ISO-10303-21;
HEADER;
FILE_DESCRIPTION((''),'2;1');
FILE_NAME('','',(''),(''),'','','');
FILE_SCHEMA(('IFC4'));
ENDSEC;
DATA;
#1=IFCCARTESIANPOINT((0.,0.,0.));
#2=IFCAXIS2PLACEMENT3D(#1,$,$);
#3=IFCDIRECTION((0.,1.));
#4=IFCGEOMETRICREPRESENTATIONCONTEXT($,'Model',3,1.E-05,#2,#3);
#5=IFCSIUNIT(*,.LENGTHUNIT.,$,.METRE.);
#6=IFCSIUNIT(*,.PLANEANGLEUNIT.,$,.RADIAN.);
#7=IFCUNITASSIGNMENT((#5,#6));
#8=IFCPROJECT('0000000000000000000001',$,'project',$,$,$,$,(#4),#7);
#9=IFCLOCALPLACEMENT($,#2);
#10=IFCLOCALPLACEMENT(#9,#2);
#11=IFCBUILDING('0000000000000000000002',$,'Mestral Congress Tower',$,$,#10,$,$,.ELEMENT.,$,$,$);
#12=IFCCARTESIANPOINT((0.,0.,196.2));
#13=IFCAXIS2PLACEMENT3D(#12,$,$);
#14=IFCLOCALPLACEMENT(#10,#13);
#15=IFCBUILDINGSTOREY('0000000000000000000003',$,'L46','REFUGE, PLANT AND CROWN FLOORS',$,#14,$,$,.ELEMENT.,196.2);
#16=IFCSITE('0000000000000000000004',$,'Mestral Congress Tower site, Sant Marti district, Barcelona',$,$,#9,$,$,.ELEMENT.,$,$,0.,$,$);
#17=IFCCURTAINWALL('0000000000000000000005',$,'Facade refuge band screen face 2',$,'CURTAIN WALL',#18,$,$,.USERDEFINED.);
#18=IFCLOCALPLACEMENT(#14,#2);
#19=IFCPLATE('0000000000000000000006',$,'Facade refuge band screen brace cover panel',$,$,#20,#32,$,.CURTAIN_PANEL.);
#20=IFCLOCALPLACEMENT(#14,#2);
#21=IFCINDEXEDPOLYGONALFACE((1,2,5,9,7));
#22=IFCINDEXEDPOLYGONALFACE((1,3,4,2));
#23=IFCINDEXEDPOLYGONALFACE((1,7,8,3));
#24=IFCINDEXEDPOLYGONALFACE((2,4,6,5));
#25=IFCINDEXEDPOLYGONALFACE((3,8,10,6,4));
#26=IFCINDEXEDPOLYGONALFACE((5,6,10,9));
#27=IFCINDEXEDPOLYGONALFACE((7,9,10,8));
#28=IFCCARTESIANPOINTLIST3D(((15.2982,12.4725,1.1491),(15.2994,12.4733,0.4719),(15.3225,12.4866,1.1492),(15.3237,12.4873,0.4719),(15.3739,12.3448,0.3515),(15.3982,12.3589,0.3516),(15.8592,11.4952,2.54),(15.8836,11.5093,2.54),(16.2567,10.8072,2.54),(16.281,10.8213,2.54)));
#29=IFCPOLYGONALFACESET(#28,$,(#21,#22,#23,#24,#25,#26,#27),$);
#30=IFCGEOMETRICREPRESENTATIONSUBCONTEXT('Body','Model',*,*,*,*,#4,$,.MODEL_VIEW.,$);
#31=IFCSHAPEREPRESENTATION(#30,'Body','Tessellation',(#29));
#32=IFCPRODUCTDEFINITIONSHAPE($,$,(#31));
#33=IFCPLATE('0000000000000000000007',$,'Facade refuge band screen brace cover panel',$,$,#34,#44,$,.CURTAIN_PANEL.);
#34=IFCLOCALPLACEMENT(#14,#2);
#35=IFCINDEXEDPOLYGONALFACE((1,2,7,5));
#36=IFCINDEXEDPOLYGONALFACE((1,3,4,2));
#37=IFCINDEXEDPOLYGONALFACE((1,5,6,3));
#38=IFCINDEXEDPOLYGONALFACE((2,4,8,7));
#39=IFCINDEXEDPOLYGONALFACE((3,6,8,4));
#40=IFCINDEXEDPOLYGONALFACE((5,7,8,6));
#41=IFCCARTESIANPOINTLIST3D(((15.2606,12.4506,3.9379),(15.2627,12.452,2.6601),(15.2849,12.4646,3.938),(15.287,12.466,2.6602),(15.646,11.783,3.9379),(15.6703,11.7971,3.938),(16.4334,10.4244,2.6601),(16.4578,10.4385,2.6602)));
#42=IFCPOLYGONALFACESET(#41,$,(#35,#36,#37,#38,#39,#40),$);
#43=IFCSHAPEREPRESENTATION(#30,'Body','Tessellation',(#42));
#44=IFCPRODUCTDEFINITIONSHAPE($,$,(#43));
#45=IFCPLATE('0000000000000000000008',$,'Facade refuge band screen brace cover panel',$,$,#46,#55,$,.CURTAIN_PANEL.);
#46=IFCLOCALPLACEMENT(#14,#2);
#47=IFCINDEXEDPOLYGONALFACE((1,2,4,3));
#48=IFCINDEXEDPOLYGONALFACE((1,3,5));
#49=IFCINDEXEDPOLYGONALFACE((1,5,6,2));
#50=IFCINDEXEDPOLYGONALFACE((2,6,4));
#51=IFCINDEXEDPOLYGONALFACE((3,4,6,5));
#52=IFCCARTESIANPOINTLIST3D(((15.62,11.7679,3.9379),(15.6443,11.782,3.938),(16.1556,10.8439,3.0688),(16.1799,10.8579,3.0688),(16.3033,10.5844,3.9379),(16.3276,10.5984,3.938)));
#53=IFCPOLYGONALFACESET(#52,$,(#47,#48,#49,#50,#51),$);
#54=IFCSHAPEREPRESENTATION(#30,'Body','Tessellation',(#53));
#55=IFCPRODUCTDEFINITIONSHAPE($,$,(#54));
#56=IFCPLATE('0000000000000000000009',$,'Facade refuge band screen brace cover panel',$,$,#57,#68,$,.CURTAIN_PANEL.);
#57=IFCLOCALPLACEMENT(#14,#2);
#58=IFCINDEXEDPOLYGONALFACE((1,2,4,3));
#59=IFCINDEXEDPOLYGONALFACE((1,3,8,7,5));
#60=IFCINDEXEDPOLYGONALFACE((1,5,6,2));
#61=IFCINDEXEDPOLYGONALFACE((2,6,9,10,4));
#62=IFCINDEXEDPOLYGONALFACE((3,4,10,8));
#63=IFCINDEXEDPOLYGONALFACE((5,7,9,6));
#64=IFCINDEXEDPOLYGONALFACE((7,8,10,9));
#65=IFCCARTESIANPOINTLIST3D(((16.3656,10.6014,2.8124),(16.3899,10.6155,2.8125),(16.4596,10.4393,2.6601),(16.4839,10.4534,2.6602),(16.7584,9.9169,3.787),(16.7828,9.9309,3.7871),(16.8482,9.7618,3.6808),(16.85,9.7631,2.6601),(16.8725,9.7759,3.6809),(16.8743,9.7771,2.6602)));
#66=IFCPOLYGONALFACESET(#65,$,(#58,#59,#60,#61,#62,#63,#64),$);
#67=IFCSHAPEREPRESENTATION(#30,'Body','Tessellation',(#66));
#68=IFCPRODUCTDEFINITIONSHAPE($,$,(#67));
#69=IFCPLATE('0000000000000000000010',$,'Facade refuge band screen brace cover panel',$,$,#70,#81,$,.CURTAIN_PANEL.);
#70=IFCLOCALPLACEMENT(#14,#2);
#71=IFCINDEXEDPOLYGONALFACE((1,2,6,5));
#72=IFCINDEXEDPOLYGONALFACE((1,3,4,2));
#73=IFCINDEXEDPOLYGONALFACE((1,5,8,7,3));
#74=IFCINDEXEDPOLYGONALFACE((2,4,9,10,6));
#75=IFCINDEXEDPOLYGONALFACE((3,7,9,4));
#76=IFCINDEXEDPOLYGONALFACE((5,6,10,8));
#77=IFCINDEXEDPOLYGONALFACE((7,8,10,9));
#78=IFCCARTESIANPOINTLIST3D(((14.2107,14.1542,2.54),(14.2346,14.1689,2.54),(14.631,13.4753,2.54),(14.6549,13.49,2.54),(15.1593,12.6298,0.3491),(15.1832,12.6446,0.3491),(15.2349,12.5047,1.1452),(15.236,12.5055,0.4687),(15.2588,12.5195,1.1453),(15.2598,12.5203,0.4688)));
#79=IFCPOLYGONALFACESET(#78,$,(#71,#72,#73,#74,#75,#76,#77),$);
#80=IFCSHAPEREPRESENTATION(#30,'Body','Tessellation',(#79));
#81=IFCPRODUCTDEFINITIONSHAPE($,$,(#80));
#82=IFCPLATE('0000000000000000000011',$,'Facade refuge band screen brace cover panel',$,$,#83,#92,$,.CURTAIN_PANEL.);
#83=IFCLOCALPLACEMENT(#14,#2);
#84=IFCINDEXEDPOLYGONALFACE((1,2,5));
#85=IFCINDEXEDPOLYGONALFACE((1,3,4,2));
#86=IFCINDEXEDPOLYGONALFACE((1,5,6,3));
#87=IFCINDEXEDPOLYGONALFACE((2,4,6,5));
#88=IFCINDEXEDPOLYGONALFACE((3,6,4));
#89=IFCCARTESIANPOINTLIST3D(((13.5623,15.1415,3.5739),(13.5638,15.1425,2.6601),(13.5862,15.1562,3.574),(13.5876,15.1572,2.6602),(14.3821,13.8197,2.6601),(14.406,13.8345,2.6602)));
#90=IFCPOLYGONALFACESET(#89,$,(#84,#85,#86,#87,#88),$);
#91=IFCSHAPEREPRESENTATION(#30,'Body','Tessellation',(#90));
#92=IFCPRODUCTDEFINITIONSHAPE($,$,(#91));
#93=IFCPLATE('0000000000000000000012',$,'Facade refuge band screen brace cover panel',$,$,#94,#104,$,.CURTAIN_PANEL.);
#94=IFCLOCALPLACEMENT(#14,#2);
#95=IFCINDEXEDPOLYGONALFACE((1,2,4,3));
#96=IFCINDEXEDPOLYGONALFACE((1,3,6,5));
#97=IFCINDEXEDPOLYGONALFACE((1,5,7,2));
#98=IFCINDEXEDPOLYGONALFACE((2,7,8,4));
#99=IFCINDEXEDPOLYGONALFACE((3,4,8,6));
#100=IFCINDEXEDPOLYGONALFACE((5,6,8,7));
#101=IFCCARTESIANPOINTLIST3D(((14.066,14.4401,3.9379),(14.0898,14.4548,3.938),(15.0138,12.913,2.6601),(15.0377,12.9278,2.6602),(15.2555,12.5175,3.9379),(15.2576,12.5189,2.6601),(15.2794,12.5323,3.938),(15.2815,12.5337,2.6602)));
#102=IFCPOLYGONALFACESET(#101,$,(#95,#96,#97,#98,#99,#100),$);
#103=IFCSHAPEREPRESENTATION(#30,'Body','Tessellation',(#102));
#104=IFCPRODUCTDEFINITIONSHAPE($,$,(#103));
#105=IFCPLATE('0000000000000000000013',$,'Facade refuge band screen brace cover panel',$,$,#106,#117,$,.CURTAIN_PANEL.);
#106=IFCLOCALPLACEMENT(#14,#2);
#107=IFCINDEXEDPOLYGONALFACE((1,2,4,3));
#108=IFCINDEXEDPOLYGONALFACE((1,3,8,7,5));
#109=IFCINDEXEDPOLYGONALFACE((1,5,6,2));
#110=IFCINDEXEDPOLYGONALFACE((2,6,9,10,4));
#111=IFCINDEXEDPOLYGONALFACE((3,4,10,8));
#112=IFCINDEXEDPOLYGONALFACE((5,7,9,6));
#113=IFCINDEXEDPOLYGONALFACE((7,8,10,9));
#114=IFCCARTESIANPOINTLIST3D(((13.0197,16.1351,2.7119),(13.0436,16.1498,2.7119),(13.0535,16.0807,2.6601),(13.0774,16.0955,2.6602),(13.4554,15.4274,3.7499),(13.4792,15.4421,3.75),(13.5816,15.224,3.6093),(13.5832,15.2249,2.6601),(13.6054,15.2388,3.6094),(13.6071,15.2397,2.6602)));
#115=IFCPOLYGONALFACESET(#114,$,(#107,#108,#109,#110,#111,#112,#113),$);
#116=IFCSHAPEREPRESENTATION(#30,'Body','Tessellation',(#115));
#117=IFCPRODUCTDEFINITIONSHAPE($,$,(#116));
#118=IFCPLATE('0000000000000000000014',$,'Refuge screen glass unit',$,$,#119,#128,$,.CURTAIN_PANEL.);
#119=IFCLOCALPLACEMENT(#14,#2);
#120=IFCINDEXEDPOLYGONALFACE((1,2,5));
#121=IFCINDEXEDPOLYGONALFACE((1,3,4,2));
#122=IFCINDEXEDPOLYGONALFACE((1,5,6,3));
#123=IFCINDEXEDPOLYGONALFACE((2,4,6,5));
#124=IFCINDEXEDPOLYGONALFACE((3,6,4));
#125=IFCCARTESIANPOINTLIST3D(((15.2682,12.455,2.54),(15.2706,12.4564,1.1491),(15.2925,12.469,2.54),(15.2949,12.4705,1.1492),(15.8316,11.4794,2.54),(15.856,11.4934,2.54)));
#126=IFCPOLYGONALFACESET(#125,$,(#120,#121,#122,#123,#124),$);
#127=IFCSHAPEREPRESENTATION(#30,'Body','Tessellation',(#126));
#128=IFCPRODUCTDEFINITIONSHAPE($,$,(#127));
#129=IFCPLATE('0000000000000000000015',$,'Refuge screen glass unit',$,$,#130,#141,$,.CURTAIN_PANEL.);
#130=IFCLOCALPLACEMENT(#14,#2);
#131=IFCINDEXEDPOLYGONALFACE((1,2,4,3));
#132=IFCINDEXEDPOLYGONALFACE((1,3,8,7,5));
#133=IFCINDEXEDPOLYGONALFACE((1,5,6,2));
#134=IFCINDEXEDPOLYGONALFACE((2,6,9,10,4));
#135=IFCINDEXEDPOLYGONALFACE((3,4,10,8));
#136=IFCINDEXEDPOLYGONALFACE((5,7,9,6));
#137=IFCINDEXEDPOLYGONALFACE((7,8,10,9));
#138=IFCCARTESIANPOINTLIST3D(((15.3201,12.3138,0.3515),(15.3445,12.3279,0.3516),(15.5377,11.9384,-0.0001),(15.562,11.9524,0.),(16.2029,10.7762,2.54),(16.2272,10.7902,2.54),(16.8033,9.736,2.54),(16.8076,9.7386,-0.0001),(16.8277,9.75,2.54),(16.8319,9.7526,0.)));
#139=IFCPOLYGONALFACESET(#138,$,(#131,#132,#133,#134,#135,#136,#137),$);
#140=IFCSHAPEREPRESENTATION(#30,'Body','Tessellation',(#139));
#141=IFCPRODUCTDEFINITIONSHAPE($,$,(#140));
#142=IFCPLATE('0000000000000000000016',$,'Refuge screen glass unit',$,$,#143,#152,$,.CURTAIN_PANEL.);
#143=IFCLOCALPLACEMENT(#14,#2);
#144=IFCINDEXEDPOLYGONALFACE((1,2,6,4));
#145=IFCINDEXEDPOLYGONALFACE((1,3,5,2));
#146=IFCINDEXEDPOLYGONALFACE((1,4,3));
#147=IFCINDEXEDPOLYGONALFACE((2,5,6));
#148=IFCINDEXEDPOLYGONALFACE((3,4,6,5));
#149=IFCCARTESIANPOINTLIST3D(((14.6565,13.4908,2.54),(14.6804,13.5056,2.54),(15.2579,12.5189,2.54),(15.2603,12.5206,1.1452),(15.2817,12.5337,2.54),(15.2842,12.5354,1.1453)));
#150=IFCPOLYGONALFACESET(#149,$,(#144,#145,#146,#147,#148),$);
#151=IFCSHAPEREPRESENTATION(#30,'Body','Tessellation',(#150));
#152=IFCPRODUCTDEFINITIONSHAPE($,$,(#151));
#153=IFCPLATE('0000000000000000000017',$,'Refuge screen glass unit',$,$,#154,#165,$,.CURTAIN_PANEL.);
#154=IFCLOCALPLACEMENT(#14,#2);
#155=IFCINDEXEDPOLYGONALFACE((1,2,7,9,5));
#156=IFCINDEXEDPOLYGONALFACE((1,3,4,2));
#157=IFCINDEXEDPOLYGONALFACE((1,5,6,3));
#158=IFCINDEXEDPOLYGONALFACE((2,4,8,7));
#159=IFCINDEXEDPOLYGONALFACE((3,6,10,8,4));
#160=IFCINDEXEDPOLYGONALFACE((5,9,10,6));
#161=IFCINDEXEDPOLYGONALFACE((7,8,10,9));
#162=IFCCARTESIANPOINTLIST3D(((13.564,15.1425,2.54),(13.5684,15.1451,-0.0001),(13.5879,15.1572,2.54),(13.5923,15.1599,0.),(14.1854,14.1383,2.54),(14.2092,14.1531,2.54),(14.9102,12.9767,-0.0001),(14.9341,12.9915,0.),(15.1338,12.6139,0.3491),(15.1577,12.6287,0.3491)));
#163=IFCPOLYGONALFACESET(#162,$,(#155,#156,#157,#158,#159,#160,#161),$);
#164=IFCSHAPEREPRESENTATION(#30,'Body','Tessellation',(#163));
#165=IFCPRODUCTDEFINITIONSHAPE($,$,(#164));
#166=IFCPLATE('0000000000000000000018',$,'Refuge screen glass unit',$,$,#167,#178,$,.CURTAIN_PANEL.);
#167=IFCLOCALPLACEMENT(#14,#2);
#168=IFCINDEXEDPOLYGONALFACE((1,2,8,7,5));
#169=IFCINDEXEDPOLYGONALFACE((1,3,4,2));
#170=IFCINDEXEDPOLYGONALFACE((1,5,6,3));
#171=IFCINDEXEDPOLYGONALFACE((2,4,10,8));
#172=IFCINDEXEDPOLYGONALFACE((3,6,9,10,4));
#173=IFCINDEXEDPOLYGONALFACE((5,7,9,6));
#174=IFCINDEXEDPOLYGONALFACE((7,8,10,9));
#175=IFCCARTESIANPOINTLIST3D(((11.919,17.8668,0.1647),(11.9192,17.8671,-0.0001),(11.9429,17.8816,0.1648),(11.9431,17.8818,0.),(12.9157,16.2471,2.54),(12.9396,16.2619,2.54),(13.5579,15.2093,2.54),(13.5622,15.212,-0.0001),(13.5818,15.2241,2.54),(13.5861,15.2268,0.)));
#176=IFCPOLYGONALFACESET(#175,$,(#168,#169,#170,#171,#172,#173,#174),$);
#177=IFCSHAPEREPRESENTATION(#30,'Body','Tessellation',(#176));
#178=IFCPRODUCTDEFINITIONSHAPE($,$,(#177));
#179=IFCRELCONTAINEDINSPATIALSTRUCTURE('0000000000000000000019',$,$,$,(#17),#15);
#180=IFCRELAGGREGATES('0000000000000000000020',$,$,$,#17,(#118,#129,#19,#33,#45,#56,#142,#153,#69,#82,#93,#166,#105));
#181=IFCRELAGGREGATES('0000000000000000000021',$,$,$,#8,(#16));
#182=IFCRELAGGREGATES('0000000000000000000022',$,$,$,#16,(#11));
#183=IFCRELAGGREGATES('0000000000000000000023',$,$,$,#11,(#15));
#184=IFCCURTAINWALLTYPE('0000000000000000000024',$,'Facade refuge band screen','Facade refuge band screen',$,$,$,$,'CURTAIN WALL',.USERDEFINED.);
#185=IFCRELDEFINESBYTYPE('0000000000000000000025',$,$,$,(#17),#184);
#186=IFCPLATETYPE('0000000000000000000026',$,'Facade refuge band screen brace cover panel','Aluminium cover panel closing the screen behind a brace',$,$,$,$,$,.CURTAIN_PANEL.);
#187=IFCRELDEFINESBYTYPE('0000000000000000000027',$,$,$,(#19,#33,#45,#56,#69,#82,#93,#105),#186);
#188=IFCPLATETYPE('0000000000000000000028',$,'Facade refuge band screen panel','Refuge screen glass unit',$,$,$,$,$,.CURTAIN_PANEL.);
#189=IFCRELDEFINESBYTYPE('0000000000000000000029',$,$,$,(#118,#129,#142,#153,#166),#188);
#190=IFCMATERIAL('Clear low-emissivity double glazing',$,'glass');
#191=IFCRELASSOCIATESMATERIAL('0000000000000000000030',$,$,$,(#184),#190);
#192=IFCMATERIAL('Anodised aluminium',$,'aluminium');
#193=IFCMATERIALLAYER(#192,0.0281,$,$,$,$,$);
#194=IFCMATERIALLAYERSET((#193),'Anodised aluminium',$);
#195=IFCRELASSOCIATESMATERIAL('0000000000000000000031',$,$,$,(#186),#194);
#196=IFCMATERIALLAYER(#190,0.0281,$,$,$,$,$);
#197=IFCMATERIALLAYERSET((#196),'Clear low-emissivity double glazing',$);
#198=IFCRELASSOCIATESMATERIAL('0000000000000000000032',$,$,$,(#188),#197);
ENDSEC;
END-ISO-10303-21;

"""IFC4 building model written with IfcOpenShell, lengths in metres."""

from ifc_helpers import new_model, si_unit, direction, frame, origin, place, context, subcontext, project, spatial, polyline, outline, extrude, material, layer, layer_set, type_object, element, aggregate, save


model = new_model("IFC4")

# Units and contexts
model_context = context("Model", 3, precision=1e-05, world=origin(), true_north=direction((0.0, 1.0)))
body_context = subcontext(model_context, "Body", "Model", "MODEL_VIEW")
ifc_project = project(units=[si_unit("LENGTHUNIT", "METRE"), si_unit("PLANEANGLEUNIT", "RADIAN")], contexts=[model_context])

# Site, building, storey
site_placement = place(None, origin())
site = spatial("IfcSite", under=ifc_project, at=site_placement, Name="Mestral Congress Tower site, Sant Marti district, Barcelona", CompositionType="ELEMENT", RefElevation=0.0)
building_placement = place(site_placement, origin())
building = spatial("IfcBuilding", under=site, at=building_placement, Name="Mestral Congress Tower", CompositionType="ELEMENT")
storey_placement = place(building_placement, frame((0.0, 0.0, 196.2)))
storey = spatial("IfcBuildingStorey", under=building, at=storey_placement, Name="L46", Description="REFUGE, PLANT AND CROWN FLOORS", CompositionType="ELEMENT", Elevation=196.2)

# Curtain wall
ifc_material_1 = material(Name="Clear low-emissivity double glazing", Category="glass")
curtain_wall_type = type_object("IfcCurtainWallType", Name="Facade refuge band screen", Description="Facade refuge band screen", ElementType="CURTAIN WALL", PredefinedType="USERDEFINED", material=ifc_material_1)
curtain_wall_placement = place(storey_placement, origin())
curtain_wall = element("IfcCurtainWall", 1, at=curtain_wall_placement, inside=storey, type_object=curtain_wall_type, Name="Facade refuge band screen face 2", ObjectType="CURTAIN WALL", PredefinedType="USERDEFINED")
ifc_material_2 = material(Name="Anodised aluminium", Category="aluminium")

# Plates
ifc_layer_1 = layer(ifc_material_2, 0.0281)
ifc_layer_set_1 = layer_set([ifc_layer_1], Name="Anodised aluminium")
plate_type_1 = type_object("IfcPlateType", Name="Facade refuge band screen brace cover panel", Description="Aluminium cover panel closing the screen behind a brace", PredefinedType="CURTAIN_PANEL", material=ifc_layer_set_1)
plate_1_placement = place(storey_placement, frame((15.3237, 12.4873, 0.4719), z_axis=(0.865914, 0.500188, 0.002143), x_axis=(0.389692, -0.671928, -0.629804)))
plate_1 = element("IfcPlate", 2, at=plate_1_placement, type_object=plate_type_1, Name="Facade refuge band screen brace cover panel", PredefinedType="CURTAIN_PANEL", context=body_context, shape_type="SweptSolid", body=[
    extrude(outline(polyline([(0.0, 0.0), (0.1911, 0.0), (0.19, -2.8166), (-0.4272, -2.3161), (-0.4265, -0.5261), (0.0, 0.0)])), origin(), (0.0, 0.0, -1.0), 0.0281),
])
plate_2_placement = place(storey_placement, frame((15.2849, 12.4646, 3.938), z_axis=(0.866002, 0.500036, 0.002001), x_axis=(0.001667, 0.001116, -0.999998)))
plate_2 = element("IfcPlate", 3, at=plate_2_placement, type_object=plate_type_1, Name="Facade refuge band screen brace cover panel", PredefinedType="CURTAIN_PANEL", context=body_context, shape_type="SweptSolid", body=[
    extrude(outline(polyline([(0.0, 0.0), (1.2778, 0.0), (1.2775, -2.3413), (-0.0001, -0.7708), (0.0, 0.0)])), origin(), (0.0, 0.0, -1.0), 0.0281),
])
plate_3_placement = place(storey_placement, frame((15.6443, 11.782, 3.938), z_axis=(0.866023, 0.5, 0.002122), x_axis=(0.388983, -0.671059, -0.631167)))
plate_3 = element("IfcPlate", 4, at=plate_3_placement, type_object=plate_type_1, Name="Facade refuge band screen brace cover panel", PredefinedType="CURTAIN_PANEL", context=body_context, shape_type="SweptSolid", body=[
    extrude(outline(polyline([(0.0, 0.0), (1.377, 0.0), (1.0601, -0.8626), (0.0, 0.0)])), origin(), (0.0, 0.0, -1.0), 0.0281),
])
plate_4_placement = place(storey_placement, frame((16.4839, 10.4534, 2.6602), z_axis=(0.866011, 0.50002, 0.002131), x_axis=(0.500021, -0.866013, 0.0)))
plate_4 = element("IfcPlate", 5, at=plate_4_placement, type_object=plate_type_1, Name="Facade refuge band screen brace cover panel", PredefinedType="CURTAIN_PANEL", context=body_context, shape_type="SweptSolid", body=[
    extrude(outline(polyline([(0.0, 0.0), (0.7809, 0.0), (0.7811, -1.0208), (0.6019, -1.127), (-0.1874, -0.1523), (0.0, 0.0)])), origin(), (0.0, 0.0, -1.0), 0.0281),
])
plate_5_placement = place(storey_placement, frame((14.2346, 14.1689, 2.54), z_axis=(0.850279, 0.526329, 0.001925), x_axis=(0.334873, -0.538153, -0.773467)))
plate_5 = element("IfcPlate", 6, at=plate_5_placement, type_object=plate_type_1, Name="Facade refuge band screen brace cover panel", PredefinedType="CURTAIN_PANEL", context=body_context, shape_type="SweptSolid", body=[
    extrude(outline(polyline([(0.0, 0.0), (2.8326, 0.0), (2.8326, -0.1888), (2.3094, -0.6176), (0.5061, -0.6176), (0.0, 0.0)])), origin(), (0.0, 0.0, -1.0), 0.0281),
])
plate_6_placement = place(storey_placement, frame((13.5862, 15.1562, 3.574), z_axis=(0.850404, 0.526127, 0.001925), x_axis=(0.001603, 0.001069, -0.999998)))
plate_6 = element("IfcPlate", 7, at=plate_6_placement, type_object=plate_type_1, Name="Facade refuge band screen brace cover panel", PredefinedType="CURTAIN_PANEL", context=body_context, shape_type="SweptSolid", body=[
    extrude(outline(polyline([(0.0, 0.0), (0.9138, 0.0), (0.9137, -1.5554), (0.0, 0.0)])), origin(), (0.0, 0.0, -1.0), 0.0281),
])
plate_7_placement = place(storey_placement, frame((15.2815, 12.5337, 2.6602), z_axis=(0.850389, 0.52615, 0.002002), x_axis=(-0.001665, -0.001113, 0.999998)))
plate_7 = element("IfcPlate", 8, at=plate_7_placement, type_object=plate_type_1, Name="Facade refuge band screen brace cover panel", PredefinedType="CURTAIN_PANEL", context=body_context, shape_type="SweptSolid", body=[
    extrude(outline(polyline([(0.0, 0.0), (1.2778, 0.0), (1.2777, -2.2608), (0.0, -0.4634), (0.0, 0.0)])), origin(), (0.0, 0.0, -1.0), 0.0281),
])
plate_8_placement = place(storey_placement, frame((13.0774, 16.0955, 2.6602), z_axis=(0.850294, 0.526304, 0.001988), x_axis=(0.526305, -0.850296, 0.0)))
plate_8 = element("IfcPlate", 9, at=plate_8_placement, type_object=plate_type_1, Name="Facade refuge band screen brace cover panel", PredefinedType="CURTAIN_PANEL", context=body_context, shape_type="SweptSolid", body=[
    extrude(outline(polyline([(0.0, 0.0), (1.0064, 0.0), (1.0064, -0.9492), (0.767, -1.0898), (-0.064, -0.0518), (0.0, 0.0)])), origin(), (0.0, 0.0, -1.0), 0.0281),
])
ifc_layer_2 = layer(ifc_material_1, 0.0281)
ifc_layer_set_2 = layer_set([ifc_layer_2], Name="Clear low-emissivity double glazing")
plate_type_2 = type_object("IfcPlateType", Name="Facade refuge band screen panel", Description="Refuge screen glass unit", PredefinedType="CURTAIN_PANEL", material=ifc_layer_set_2)
plate_9_placement = place(storey_placement, frame((15.2925, 12.469, 2.54), z_axis=(0.865938, 0.500147, 0.002047), x_axis=(0.001755, 0.001053, -0.999998)))
plate_9 = element("IfcPlate", 10, at=plate_9_placement, type_object=plate_type_2, Name="Refuge screen glass unit", PredefinedType="CURTAIN_PANEL", context=body_context, shape_type="SweptSolid", body=[
    extrude(outline(polyline([(0.0, 0.0), (1.3909, 0.0), (0.0, -1.1266), (0.0, 0.0)])), origin(), (0.0, 0.0, -1.0), 0.0281),
])
plate_10_placement = place(storey_placement, frame((15.562, 11.9524, 0.0), z_axis=(0.866053, 0.499949, 0.001954), x_axis=(0.49995, -0.866054, 0.0)))
plate_10 = element("IfcPlate", 11, at=plate_10_placement, type_object=plate_type_2, Name="Refuge screen glass unit", PredefinedType="CURTAIN_PANEL", context=body_context, shape_type="SweptSolid", body=[
    extrude(outline(polyline([(0.0, 0.0), (2.54, 0.0), (2.5401, -2.54), (1.3391, -2.54), (-0.4339, -0.3516), (0.0, 0.0)])), origin(), (0.0, 0.0, -1.0), 0.0281),
])
plate_11_placement = place(storey_placement, frame((15.2817, 12.5337, 2.54), z_axis=(0.8504, 0.526133, 0.002133), x_axis=(-0.526134, 0.850402, 0.0)))
plate_11 = element("IfcPlate", 12, at=plate_11_placement, type_object=plate_type_2, Name="Refuge screen glass unit", PredefinedType="CURTAIN_PANEL", context=body_context, shape_type="SweptSolid", body=[
    extrude(outline(polyline([(0.0, 0.0), (1.1429, 0.0), (0.0002, -1.3948), (0.0, 0.0)])), origin(), (0.0, 0.0, -1.0), 0.0281),
])
plate_12_placement = place(storey_placement, frame((13.5879, 15.1572, 2.54), z_axis=(0.850369, 0.526183, 0.002032), x_axis=(0.001734, 0.00106, -0.999998)))
plate_12 = element("IfcPlate", 13, at=plate_12_placement, type_object=plate_type_2, Name="Refuge screen glass unit", PredefinedType="CURTAIN_PANEL", context=body_context, shape_type="SweptSolid", body=[
    extrude(outline(polyline([(0.0, 0.0), (2.54, 0.0), (2.5401, -2.55), (2.191, -2.9762), (0.0, -1.1808), (0.0, 0.0)])), origin(), (0.0, 0.0, -1.0), 0.0281),
])
plate_13_placement = place(storey_placement, frame((13.5818, 15.2241, 2.54), z_axis=(0.850355, 0.526206, 0.001986), x_axis=(-0.526207, 0.850357, 0.0)))
plate_13 = element("IfcPlate", 14, at=plate_13_placement, type_object=plate_type_2, Name="Refuge screen glass unit", PredefinedType="CURTAIN_PANEL", context=body_context, shape_type="SweptSolid", body=[
    extrude(outline(polyline([(0.0, 0.0), (1.2204, 0.0), (3.1222, -2.3752), (3.1223, -2.54), (0.0, -2.54), (0.0, 0.0)])), origin(), (0.0, 0.0, -1.0), 0.0281),
])
aggregate(curtain_wall, [plate_9, plate_10, plate_1, plate_2, plate_3, plate_4, plate_11, plate_12, plate_5, plate_6, plate_7, plate_13, plate_8])

save(model, "model.ifc")
